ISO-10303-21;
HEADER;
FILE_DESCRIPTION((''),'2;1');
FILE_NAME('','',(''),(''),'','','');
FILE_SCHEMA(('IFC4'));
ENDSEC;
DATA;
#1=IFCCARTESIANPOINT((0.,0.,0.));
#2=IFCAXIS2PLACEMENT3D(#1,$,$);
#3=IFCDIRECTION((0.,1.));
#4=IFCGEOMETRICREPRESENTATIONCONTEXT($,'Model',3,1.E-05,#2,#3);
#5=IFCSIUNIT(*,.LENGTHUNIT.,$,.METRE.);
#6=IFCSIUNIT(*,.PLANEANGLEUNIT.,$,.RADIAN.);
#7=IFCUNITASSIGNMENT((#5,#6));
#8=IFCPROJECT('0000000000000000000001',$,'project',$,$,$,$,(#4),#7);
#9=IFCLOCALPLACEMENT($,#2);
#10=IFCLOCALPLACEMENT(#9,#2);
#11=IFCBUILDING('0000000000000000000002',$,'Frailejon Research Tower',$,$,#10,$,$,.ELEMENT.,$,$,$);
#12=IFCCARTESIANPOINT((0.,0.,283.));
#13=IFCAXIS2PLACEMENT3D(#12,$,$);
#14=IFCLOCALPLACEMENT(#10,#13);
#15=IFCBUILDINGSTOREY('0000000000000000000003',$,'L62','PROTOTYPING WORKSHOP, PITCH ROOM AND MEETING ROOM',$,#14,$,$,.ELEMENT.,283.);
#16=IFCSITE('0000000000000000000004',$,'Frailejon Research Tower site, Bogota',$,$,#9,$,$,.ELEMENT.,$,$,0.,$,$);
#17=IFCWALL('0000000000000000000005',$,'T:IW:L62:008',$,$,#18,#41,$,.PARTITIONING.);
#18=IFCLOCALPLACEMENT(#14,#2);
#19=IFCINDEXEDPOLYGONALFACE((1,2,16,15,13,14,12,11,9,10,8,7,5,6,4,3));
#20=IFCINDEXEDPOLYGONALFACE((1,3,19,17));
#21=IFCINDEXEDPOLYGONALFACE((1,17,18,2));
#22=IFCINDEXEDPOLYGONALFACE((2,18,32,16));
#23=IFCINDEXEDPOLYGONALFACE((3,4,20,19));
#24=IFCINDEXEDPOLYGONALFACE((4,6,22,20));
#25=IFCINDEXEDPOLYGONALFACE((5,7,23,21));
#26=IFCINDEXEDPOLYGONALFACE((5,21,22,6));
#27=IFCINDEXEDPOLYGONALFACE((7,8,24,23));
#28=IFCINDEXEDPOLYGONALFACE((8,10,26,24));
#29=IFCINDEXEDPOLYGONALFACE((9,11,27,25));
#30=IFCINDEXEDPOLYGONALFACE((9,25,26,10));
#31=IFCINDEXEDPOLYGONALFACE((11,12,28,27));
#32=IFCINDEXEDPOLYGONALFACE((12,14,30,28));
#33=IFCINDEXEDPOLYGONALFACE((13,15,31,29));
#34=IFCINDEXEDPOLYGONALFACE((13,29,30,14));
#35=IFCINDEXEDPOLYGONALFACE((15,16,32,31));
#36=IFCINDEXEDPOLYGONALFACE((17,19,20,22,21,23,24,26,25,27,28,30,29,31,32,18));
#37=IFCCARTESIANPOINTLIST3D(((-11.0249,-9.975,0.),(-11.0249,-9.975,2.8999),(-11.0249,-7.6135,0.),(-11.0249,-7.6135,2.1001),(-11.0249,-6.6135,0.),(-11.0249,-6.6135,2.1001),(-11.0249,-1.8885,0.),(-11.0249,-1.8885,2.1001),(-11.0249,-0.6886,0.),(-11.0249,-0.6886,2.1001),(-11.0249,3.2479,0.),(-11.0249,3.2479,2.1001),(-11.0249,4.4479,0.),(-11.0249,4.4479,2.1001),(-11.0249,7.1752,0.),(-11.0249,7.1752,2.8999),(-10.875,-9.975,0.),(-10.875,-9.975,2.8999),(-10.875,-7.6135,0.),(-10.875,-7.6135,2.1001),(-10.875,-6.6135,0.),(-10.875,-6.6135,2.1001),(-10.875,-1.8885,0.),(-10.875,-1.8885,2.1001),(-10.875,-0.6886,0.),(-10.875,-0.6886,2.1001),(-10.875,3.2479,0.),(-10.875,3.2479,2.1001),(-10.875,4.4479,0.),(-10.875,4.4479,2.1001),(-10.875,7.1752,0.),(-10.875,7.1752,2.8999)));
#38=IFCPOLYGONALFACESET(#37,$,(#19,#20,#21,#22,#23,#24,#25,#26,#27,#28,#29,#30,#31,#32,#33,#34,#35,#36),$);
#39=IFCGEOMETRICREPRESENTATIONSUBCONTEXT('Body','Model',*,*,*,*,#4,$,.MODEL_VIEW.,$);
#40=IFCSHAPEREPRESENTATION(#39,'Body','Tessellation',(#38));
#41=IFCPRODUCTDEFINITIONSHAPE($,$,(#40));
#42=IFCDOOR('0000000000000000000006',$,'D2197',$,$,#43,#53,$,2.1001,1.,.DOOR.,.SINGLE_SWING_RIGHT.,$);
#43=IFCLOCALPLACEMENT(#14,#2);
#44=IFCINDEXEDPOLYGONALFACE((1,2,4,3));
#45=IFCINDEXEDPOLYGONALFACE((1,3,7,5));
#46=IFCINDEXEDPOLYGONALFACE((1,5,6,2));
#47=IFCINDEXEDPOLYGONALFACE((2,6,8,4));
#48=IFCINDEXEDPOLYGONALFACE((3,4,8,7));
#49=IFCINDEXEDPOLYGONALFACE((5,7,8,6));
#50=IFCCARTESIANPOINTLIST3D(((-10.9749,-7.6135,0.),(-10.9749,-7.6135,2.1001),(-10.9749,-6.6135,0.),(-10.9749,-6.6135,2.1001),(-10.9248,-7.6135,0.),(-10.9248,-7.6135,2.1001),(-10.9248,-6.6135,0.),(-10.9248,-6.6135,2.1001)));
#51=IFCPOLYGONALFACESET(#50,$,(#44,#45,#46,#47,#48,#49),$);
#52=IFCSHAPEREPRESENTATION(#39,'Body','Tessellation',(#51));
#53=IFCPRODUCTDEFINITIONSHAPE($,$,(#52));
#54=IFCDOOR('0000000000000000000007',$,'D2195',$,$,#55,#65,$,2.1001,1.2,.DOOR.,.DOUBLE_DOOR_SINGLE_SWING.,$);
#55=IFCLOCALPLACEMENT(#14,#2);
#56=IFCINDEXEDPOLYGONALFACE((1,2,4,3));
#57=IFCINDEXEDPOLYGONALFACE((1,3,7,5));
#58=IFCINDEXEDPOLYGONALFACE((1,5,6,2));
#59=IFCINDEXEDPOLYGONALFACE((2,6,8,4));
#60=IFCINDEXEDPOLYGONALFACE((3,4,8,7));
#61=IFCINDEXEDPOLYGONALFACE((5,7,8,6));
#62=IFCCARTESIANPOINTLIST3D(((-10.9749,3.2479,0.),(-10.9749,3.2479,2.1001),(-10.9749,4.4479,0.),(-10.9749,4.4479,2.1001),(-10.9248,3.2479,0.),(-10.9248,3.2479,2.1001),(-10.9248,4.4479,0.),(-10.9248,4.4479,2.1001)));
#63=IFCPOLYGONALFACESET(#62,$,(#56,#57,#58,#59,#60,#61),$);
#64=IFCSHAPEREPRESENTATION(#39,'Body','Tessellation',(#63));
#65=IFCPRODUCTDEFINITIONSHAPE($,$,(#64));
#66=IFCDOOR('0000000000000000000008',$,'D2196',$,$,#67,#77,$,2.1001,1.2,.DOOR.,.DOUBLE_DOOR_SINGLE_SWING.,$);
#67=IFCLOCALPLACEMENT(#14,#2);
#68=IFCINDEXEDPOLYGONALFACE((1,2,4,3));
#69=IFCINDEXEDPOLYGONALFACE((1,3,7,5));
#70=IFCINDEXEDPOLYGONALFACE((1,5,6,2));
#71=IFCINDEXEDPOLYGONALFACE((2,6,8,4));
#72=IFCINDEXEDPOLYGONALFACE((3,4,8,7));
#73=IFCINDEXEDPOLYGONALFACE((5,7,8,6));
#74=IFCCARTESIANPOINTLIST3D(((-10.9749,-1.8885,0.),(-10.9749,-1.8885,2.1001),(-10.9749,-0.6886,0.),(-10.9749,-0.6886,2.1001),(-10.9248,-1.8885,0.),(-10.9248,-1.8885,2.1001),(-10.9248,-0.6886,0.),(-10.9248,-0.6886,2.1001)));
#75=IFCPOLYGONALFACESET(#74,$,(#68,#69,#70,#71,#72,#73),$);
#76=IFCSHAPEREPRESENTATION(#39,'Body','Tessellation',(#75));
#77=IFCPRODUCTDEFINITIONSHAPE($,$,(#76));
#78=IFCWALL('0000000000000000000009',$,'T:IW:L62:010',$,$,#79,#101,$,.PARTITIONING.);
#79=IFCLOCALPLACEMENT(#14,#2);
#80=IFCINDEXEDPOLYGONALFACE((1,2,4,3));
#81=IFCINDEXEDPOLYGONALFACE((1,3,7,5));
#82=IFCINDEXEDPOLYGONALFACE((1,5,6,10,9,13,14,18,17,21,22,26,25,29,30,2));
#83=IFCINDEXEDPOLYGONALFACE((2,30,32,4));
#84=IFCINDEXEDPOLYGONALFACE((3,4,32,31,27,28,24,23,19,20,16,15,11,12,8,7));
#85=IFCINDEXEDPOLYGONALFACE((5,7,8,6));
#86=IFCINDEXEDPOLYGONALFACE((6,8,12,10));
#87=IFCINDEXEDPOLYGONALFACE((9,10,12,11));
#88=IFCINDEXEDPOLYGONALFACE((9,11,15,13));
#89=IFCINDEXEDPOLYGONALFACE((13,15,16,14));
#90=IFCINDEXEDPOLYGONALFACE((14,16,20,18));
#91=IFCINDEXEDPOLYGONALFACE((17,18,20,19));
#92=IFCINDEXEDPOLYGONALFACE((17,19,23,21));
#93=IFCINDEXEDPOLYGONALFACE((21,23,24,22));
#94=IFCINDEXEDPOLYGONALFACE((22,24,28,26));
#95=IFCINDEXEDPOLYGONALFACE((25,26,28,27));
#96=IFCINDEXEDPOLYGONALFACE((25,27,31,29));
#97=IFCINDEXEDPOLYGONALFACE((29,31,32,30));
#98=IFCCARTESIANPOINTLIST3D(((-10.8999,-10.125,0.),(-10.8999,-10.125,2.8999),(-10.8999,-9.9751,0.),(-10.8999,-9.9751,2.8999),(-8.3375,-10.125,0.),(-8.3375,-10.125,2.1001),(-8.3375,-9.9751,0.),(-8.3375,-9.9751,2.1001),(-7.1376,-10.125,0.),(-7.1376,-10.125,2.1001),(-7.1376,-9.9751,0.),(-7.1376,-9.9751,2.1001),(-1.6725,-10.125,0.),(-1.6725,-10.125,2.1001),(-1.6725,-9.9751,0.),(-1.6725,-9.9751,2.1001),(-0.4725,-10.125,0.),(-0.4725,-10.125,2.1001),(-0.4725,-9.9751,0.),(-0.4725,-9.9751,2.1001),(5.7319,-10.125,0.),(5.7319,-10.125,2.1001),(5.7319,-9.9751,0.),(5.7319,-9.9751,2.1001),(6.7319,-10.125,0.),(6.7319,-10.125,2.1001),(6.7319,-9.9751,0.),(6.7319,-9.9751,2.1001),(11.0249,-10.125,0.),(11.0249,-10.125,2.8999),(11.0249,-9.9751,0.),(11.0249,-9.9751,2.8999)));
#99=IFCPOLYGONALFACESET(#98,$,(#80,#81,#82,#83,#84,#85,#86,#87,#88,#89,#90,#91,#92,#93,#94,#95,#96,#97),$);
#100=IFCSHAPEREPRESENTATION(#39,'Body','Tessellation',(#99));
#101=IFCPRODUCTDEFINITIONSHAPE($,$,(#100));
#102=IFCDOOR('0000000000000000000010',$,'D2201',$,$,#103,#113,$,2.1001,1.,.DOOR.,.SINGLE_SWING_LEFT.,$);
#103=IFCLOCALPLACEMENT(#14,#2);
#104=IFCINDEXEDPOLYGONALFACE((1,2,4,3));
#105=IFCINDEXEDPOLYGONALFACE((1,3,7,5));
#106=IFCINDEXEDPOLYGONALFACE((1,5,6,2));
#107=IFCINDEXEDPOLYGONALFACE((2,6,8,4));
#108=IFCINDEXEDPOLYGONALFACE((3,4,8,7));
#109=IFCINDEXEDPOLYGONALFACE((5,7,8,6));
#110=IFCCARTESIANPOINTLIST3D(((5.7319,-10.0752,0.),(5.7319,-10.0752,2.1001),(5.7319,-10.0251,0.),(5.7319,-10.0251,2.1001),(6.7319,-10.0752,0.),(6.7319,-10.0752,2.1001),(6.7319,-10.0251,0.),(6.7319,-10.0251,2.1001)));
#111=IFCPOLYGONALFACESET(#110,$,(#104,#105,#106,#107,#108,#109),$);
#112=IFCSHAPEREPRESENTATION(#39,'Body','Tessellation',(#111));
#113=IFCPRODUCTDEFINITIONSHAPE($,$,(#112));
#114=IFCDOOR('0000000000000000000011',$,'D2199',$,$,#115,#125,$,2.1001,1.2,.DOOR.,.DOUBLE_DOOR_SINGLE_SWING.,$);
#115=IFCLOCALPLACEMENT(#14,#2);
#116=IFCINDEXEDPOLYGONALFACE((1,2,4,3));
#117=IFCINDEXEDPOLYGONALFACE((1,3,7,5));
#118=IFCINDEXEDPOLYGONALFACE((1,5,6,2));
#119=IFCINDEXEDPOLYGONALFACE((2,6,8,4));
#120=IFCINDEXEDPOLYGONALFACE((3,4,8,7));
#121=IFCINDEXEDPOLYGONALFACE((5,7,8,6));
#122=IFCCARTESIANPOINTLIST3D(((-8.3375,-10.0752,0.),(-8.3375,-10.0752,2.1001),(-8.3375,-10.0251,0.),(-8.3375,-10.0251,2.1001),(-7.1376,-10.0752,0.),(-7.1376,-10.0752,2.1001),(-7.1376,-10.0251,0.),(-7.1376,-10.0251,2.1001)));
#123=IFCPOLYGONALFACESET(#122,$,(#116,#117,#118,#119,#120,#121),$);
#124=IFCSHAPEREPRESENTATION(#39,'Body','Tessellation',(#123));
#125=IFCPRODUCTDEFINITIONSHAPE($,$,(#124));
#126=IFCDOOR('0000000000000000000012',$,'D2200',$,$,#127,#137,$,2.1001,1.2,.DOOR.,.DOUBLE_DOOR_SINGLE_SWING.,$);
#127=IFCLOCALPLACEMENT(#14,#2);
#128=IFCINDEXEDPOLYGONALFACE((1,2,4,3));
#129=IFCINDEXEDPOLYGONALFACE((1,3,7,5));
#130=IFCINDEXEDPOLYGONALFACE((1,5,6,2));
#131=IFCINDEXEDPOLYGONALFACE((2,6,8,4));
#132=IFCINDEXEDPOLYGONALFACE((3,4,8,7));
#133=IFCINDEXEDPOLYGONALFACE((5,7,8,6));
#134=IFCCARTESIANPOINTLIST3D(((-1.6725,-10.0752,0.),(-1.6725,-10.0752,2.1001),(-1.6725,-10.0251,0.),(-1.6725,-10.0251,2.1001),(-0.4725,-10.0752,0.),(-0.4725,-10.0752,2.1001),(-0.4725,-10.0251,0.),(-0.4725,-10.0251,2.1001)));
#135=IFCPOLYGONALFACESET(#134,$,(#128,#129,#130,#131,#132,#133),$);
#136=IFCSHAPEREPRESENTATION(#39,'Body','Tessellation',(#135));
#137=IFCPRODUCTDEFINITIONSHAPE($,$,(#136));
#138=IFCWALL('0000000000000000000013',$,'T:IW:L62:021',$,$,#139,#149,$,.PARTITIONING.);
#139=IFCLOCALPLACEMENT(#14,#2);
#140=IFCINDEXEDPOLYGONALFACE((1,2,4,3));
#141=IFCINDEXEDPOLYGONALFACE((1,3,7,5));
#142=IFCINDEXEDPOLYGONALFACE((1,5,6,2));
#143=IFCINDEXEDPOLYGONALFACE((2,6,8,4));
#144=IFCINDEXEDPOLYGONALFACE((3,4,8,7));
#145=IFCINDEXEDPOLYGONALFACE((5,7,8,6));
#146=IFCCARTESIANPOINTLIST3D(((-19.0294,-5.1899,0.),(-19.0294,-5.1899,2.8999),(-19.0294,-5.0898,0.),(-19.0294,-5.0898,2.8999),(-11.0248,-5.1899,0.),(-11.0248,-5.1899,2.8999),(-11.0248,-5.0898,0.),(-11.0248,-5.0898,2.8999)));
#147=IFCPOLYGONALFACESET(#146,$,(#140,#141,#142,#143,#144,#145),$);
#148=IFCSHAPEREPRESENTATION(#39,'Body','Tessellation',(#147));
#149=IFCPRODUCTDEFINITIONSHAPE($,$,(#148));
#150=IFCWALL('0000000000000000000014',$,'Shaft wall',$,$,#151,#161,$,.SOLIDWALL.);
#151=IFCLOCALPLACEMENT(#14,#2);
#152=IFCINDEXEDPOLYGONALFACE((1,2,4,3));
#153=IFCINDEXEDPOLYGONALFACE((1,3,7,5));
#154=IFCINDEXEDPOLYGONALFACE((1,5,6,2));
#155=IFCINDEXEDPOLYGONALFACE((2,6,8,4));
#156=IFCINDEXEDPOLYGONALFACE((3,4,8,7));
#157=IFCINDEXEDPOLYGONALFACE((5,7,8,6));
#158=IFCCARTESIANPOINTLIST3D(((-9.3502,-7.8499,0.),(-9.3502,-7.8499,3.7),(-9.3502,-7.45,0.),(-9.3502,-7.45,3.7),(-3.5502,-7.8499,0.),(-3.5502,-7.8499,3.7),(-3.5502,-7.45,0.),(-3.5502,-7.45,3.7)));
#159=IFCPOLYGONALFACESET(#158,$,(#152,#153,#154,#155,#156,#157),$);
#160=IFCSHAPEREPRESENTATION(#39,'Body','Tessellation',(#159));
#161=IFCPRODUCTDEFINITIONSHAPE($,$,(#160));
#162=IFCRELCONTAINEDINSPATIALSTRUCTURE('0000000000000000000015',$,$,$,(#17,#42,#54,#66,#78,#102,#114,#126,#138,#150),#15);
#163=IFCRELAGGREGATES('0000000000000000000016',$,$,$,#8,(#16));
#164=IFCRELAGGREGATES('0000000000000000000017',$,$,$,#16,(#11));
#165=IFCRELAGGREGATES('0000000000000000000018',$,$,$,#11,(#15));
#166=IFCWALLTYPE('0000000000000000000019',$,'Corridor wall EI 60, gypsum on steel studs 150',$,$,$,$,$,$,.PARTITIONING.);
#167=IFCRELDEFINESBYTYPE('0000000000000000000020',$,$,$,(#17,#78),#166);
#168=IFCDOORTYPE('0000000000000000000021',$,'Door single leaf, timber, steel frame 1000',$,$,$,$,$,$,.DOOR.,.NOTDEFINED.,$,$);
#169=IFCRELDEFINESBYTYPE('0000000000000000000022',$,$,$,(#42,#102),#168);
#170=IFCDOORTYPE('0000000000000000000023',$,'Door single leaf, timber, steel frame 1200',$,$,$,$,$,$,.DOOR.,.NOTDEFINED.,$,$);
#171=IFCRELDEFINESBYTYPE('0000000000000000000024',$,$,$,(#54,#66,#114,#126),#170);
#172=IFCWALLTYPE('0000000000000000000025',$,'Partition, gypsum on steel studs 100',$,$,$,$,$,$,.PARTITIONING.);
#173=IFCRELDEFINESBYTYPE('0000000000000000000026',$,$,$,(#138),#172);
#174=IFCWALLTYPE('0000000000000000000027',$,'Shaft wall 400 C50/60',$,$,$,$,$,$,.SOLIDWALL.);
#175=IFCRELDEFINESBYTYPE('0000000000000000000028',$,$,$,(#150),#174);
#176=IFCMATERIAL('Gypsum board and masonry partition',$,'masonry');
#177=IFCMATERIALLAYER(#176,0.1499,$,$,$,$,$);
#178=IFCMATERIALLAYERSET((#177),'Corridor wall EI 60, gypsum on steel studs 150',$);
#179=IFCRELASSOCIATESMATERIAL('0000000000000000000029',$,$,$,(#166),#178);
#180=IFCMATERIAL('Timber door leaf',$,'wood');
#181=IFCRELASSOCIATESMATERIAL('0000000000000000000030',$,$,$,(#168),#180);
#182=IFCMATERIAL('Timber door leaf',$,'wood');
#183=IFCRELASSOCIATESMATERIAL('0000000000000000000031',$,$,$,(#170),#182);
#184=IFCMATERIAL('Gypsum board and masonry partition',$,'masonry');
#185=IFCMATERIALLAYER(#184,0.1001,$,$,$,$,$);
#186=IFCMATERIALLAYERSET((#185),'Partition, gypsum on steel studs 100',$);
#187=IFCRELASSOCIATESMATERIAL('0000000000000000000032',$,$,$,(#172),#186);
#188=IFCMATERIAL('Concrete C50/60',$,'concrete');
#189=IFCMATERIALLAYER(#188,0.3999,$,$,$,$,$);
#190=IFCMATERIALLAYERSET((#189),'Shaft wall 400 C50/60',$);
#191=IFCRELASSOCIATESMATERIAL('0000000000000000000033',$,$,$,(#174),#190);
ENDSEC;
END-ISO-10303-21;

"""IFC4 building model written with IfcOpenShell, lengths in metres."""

from ifc_helpers import new_model, si_unit, direction, frame, frame_2d, origin, place, context, subcontext, project, spatial, rectangle, extrude, material, layer, layer_set, type_object, element, fill, save


model = new_model("IFC4")

# Units and contexts
model_context = context("Model", 3, precision=1e-05, world=origin(), true_north=direction((0.0, 1.0)))
body_context = subcontext(model_context, "Body", "Model", "MODEL_VIEW")
ifc_project = project(units=[si_unit("LENGTHUNIT", "METRE"), si_unit("PLANEANGLEUNIT", "RADIAN")], contexts=[model_context])

# Site, building, storey
site_placement = place(None, origin())
site = spatial("IfcSite", under=ifc_project, at=site_placement, Name="Frailejon Research Tower site, Bogota", CompositionType="ELEMENT", RefElevation=0.0)
building_placement = place(site_placement, origin())
building = spatial("IfcBuilding", under=site, at=building_placement, Name="Frailejon Research Tower", CompositionType="ELEMENT")
storey_placement = place(building_placement, frame((0.0, 0.0, 283.0)))
storey = spatial("IfcBuildingStorey", under=building, at=storey_placement, Name="L62", Description="PROTOTYPING WORKSHOP, PITCH ROOM AND MEETING ROOM", CompositionType="ELEMENT", Elevation=283.0)

# Walls, openings, doors
ifc_material_1 = material(Name="Gypsum board and masonry partition", Category="masonry")
ifc_layer_1 = layer(ifc_material_1, 0.1499)
ifc_layer_set_1 = layer_set([ifc_layer_1], Name="Corridor wall EI 60, gypsum on steel studs 150")
wall_type_1 = type_object("IfcWallType", Name="Corridor wall EI 60, gypsum on steel studs 150", PredefinedType="PARTITIONING", material=ifc_layer_set_1)
wall_1_placement = place(storey_placement, frame((-10.95, -9.9751, 0.0), z_axis=(0.0, 0.0, 1.0), x_axis=(0.0, 1.0, 0.0)))
wall_1 = element("IfcWall", 1, at=wall_1_placement, inside=storey, type_object=wall_type_1, Name="T:IW:L62:008", PredefinedType="PARTITIONING", context=body_context, shape_type="SweptSolid", body=[
    extrude(rectangle(XDim=17.1501, YDim=0.1499, at=frame_2d((8.5752, 0.0))), origin(), (0.0, 0.0, 1.0), 2.8999),
])
opening_1_placement = place(wall_1_placement, frame((13.2229, 0.0, 0.0)))
opening_1 = element("IfcOpeningElement", 2, at=opening_1_placement, cuts=wall_1, PredefinedType="OPENING", context=body_context, shape_type="SweptSolid", body=[
    extrude(rectangle(XDim=1.2, YDim=2.1001, at=frame_2d((0.6001, 1.05))), frame((0.0, 0.085, 0.0), z_axis=(0.0, -1.0, 0.0), x_axis=(1.0, 0.0, 0.0)), (0.0, 0.0, 1.0), 0.1699),
])
opening_2_placement = place(wall_1_placement, frame((8.0864, 0.0, 0.0)))
opening_2 = element("IfcOpeningElement", 3, at=opening_2_placement, cuts=wall_1, PredefinedType="OPENING", context=body_context, shape_type="SweptSolid", body=[
    extrude(rectangle(XDim=1.2, YDim=2.1001, at=frame_2d((0.6001, 1.05))), frame((0.0, 0.085, 0.0), z_axis=(0.0, -1.0, 0.0), x_axis=(1.0, 0.0, 0.0)), (0.0, 0.0, 1.0), 0.1699),
])
opening_3_placement = place(wall_1_placement, frame((2.3616, 0.0, 0.0)))
opening_3 = element("IfcOpeningElement", 4, at=opening_3_placement, cuts=wall_1, PredefinedType="OPENING", context=body_context, shape_type="SweptSolid", body=[
    extrude(rectangle(XDim=1.0, YDim=2.1001, at=frame_2d((0.5, 1.05))), frame((0.0, 0.085, 0.0), z_axis=(0.0, -1.0, 0.0), x_axis=(1.0, 0.0, 0.0)), (0.0, 0.0, 1.0), 0.1699),
])
ifc_material_2 = material(Name="Timber door leaf", Category="wood")
door_type_1 = type_object("IfcDoorType", Name="Door single leaf, timber, steel frame 1000", OperationType="NOTDEFINED", PredefinedType="DOOR", material=ifc_material_2)
door_1_placement = place(opening_3_placement, origin())
door_1 = element("IfcDoor", 5, at=door_1_placement, inside=storey, type_object=door_type_1, Name="D2197", OperationType="SINGLE_SWING_RIGHT", OverallHeight=2.1001, OverallWidth=1.0, PredefinedType="DOOR", context=body_context, shape_type="SweptSolid", body=[
    extrude(rectangle(XDim=1.0, YDim=2.1001, at=frame_2d((0.5, 1.05))), frame((0.0, 0.0249, 0.0), z_axis=(0.0, -1.0, 0.0), x_axis=(1.0, 0.0, 0.0)), (0.0, 0.0, 1.0), 0.05),
])
fill(opening_3, door_1)
ifc_material_3 = material(Name="Timber door leaf", Category="wood")
door_type_2 = type_object("IfcDoorType", Name="Door single leaf, timber, steel frame 1200", OperationType="NOTDEFINED", PredefinedType="DOOR", material=ifc_material_3)
door_2_placement = place(opening_1_placement, origin())
door_2 = element("IfcDoor", 6, at=door_2_placement, inside=storey, type_object=door_type_2, Name="D2195", OperationType="DOUBLE_DOOR_SINGLE_SWING", OverallHeight=2.1001, OverallWidth=1.2, PredefinedType="DOOR", context=body_context, shape_type="SweptSolid", body=[
    extrude(rectangle(XDim=1.2, YDim=2.1001, at=frame_2d((0.6001, 1.05))), frame((0.0, 0.0249, 0.0), z_axis=(0.0, -1.0, 0.0), x_axis=(1.0, 0.0, 0.0)), (0.0, 0.0, 1.0), 0.05),
])
fill(opening_1, door_2)
door_3_placement = place(opening_2_placement, origin())
door_3 = element("IfcDoor", 7, at=door_3_placement, inside=storey, type_object=door_type_2, Name="D2196", OperationType="DOUBLE_DOOR_SINGLE_SWING", OverallHeight=2.1001, OverallWidth=1.2, PredefinedType="DOOR", context=body_context, shape_type="SweptSolid", body=[
    extrude(rectangle(XDim=1.2, YDim=2.1001, at=frame_2d((0.6001, 1.05))), frame((0.0, 0.0249, 0.0), z_axis=(0.0, -1.0, 0.0), x_axis=(1.0, 0.0, 0.0)), (0.0, 0.0, 1.0), 0.05),
])
fill(opening_2, door_3)
wall_2_placement = place(storey_placement, frame((-10.8999, -10.05, 0.0), z_axis=(0.0, 0.0, 1.0), x_axis=(1.0, 0.0, 0.0)))
wall_2 = element("IfcWall", 8, at=wall_2_placement, inside=storey, type_object=wall_type_1, Name="T:IW:L62:010", PredefinedType="PARTITIONING", context=body_context, shape_type="SweptSolid", body=[
    extrude(rectangle(XDim=21.9248, YDim=0.1499, at=frame_2d((10.9624, 0.0))), origin(), (0.0, 0.0, 1.0), 2.8999),
])
opening_4_placement = place(wall_2_placement, frame((2.5623, 0.0, 0.0)))
opening_4 = element("IfcOpeningElement", 9, at=opening_4_placement, cuts=wall_2, PredefinedType="OPENING", context=body_context, shape_type="SweptSolid", body=[
    extrude(rectangle(XDim=1.2, YDim=2.1001, at=frame_2d((0.6001, 1.05))), frame((0.0, 0.085, 0.0), z_axis=(0.0, -1.0, 0.0), x_axis=(1.0, 0.0, 0.0)), (0.0, 0.0, 1.0), 0.1699),
])
opening_5_placement = place(wall_2_placement, frame((9.2273, 0.0, 0.0)))
opening_5 = element("IfcOpeningElement", 10, at=opening_5_placement, cuts=wall_2, PredefinedType="OPENING", context=body_context, shape_type="SweptSolid", body=[
    extrude(rectangle(XDim=1.2, YDim=2.1001, at=frame_2d((0.6001, 1.05))), frame((0.0, 0.085, 0.0), z_axis=(0.0, -1.0, 0.0), x_axis=(1.0, 0.0, 0.0)), (0.0, 0.0, 1.0), 0.1699),
])
opening_6_placement = place(wall_2_placement, frame((16.6318, 0.0, 0.0)))
opening_6 = element("IfcOpeningElement", 11, at=opening_6_placement, cuts=wall_2, PredefinedType="OPENING", context=body_context, shape_type="SweptSolid", body=[
    extrude(rectangle(XDim=1.0, YDim=2.1001, at=frame_2d((0.5, 1.05))), frame((0.0, 0.085, 0.0), z_axis=(0.0, -1.0, 0.0), x_axis=(1.0, 0.0, 0.0)), (0.0, 0.0, 1.0), 0.1699),
])
door_4_placement = place(opening_6_placement, origin())
door_4 = element("IfcDoor", 12, at=door_4_placement, inside=storey, type_object=door_type_1, Name="D2201", OperationType="SINGLE_SWING_LEFT", OverallHeight=2.1001, OverallWidth=1.0, PredefinedType="DOOR", context=body_context, shape_type="SweptSolid", body=[
    extrude(rectangle(XDim=1.0, YDim=2.1001, at=frame_2d((0.5, 1.05))), frame((0.0, 0.0249, 0.0), z_axis=(0.0, -1.0, 0.0), x_axis=(1.0, 0.0, 0.0)), (0.0, 0.0, 1.0), 0.05),
])
fill(opening_6, door_4)
door_5_placement = place(opening_4_placement, origin())
door_5 = element("IfcDoor", 13, at=door_5_placement, inside=storey, type_object=door_type_2, Name="D2199", OperationType="DOUBLE_DOOR_SINGLE_SWING", OverallHeight=2.1001, OverallWidth=1.2, PredefinedType="DOOR", context=body_context, shape_type="SweptSolid", body=[
    extrude(rectangle(XDim=1.2, YDim=2.1001, at=frame_2d((0.6001, 1.05))), frame((0.0, 0.0249, 0.0), z_axis=(0.0, -1.0, 0.0), x_axis=(1.0, 0.0, 0.0)), (0.0, 0.0, 1.0), 0.05),
])
fill(opening_4, door_5)
door_6_placement = place(opening_5_placement, origin())
door_6 = element("IfcDoor", 14, at=door_6_placement, inside=storey, type_object=door_type_2, Name="D2200", OperationType="DOUBLE_DOOR_SINGLE_SWING", OverallHeight=2.1001, OverallWidth=1.2, PredefinedType="DOOR", context=body_context, shape_type="SweptSolid", body=[
    extrude(rectangle(XDim=1.2, YDim=2.1001, at=frame_2d((0.6001, 1.05))), frame((0.0, 0.0249, 0.0), z_axis=(0.0, -1.0, 0.0), x_axis=(1.0, 0.0, 0.0)), (0.0, 0.0, 1.0), 0.05),
])
fill(opening_5, door_6)

# Walls
ifc_material_4 = material(Name="Gypsum board and masonry partition", Category="masonry")
ifc_layer_2 = layer(ifc_material_4, 0.1001)
ifc_layer_set_2 = layer_set([ifc_layer_2], Name="Partition, gypsum on steel studs 100")
wall_type_2 = type_object("IfcWallType", Name="Partition, gypsum on steel studs 100", PredefinedType="PARTITIONING", material=ifc_layer_set_2)
wall_3_placement = place(storey_placement, frame((-19.0295, -5.1399, 0.0), z_axis=(0.0, 0.0, 1.0), x_axis=(1.0, 0.0, 0.0)))
element("IfcWall", 15, at=wall_3_placement, inside=storey, type_object=wall_type_2, Name="T:IW:L62:021", PredefinedType="PARTITIONING", context=body_context, shape_type="SweptSolid", body=[
    extrude(rectangle(XDim=8.0046, YDim=0.1001, at=frame_2d((4.0024, 0.0))), origin(), (0.0, 0.0, 1.0), 2.8999),
])
ifc_material_5 = material(Name="Concrete C50/60", Category="concrete")
ifc_layer_3 = layer(ifc_material_5, 0.3999)
ifc_layer_set_3 = layer_set([ifc_layer_3], Name="Shaft wall 400 C50/60")
wall_type_3 = type_object("IfcWallType", Name="Shaft wall 400 C50/60", PredefinedType="SOLIDWALL", material=ifc_layer_set_3)
wall_4_placement = place(storey_placement, frame((-9.3501, -7.6499, 0.0), z_axis=(0.0, 0.0, 1.0), x_axis=(1.0, 0.0, 0.0)))
element("IfcWall", 16, at=wall_4_placement, inside=storey, type_object=wall_type_3, Name="Shaft wall", PredefinedType="SOLIDWALL", context=body_context, shape_type="SweptSolid", body=[
    extrude(rectangle(XDim=5.8, YDim=0.3999, at=frame_2d((2.8999, 0.0))), origin(), (0.0, 0.0, 1.0), 3.7),
])

save(model, "model.ifc")
